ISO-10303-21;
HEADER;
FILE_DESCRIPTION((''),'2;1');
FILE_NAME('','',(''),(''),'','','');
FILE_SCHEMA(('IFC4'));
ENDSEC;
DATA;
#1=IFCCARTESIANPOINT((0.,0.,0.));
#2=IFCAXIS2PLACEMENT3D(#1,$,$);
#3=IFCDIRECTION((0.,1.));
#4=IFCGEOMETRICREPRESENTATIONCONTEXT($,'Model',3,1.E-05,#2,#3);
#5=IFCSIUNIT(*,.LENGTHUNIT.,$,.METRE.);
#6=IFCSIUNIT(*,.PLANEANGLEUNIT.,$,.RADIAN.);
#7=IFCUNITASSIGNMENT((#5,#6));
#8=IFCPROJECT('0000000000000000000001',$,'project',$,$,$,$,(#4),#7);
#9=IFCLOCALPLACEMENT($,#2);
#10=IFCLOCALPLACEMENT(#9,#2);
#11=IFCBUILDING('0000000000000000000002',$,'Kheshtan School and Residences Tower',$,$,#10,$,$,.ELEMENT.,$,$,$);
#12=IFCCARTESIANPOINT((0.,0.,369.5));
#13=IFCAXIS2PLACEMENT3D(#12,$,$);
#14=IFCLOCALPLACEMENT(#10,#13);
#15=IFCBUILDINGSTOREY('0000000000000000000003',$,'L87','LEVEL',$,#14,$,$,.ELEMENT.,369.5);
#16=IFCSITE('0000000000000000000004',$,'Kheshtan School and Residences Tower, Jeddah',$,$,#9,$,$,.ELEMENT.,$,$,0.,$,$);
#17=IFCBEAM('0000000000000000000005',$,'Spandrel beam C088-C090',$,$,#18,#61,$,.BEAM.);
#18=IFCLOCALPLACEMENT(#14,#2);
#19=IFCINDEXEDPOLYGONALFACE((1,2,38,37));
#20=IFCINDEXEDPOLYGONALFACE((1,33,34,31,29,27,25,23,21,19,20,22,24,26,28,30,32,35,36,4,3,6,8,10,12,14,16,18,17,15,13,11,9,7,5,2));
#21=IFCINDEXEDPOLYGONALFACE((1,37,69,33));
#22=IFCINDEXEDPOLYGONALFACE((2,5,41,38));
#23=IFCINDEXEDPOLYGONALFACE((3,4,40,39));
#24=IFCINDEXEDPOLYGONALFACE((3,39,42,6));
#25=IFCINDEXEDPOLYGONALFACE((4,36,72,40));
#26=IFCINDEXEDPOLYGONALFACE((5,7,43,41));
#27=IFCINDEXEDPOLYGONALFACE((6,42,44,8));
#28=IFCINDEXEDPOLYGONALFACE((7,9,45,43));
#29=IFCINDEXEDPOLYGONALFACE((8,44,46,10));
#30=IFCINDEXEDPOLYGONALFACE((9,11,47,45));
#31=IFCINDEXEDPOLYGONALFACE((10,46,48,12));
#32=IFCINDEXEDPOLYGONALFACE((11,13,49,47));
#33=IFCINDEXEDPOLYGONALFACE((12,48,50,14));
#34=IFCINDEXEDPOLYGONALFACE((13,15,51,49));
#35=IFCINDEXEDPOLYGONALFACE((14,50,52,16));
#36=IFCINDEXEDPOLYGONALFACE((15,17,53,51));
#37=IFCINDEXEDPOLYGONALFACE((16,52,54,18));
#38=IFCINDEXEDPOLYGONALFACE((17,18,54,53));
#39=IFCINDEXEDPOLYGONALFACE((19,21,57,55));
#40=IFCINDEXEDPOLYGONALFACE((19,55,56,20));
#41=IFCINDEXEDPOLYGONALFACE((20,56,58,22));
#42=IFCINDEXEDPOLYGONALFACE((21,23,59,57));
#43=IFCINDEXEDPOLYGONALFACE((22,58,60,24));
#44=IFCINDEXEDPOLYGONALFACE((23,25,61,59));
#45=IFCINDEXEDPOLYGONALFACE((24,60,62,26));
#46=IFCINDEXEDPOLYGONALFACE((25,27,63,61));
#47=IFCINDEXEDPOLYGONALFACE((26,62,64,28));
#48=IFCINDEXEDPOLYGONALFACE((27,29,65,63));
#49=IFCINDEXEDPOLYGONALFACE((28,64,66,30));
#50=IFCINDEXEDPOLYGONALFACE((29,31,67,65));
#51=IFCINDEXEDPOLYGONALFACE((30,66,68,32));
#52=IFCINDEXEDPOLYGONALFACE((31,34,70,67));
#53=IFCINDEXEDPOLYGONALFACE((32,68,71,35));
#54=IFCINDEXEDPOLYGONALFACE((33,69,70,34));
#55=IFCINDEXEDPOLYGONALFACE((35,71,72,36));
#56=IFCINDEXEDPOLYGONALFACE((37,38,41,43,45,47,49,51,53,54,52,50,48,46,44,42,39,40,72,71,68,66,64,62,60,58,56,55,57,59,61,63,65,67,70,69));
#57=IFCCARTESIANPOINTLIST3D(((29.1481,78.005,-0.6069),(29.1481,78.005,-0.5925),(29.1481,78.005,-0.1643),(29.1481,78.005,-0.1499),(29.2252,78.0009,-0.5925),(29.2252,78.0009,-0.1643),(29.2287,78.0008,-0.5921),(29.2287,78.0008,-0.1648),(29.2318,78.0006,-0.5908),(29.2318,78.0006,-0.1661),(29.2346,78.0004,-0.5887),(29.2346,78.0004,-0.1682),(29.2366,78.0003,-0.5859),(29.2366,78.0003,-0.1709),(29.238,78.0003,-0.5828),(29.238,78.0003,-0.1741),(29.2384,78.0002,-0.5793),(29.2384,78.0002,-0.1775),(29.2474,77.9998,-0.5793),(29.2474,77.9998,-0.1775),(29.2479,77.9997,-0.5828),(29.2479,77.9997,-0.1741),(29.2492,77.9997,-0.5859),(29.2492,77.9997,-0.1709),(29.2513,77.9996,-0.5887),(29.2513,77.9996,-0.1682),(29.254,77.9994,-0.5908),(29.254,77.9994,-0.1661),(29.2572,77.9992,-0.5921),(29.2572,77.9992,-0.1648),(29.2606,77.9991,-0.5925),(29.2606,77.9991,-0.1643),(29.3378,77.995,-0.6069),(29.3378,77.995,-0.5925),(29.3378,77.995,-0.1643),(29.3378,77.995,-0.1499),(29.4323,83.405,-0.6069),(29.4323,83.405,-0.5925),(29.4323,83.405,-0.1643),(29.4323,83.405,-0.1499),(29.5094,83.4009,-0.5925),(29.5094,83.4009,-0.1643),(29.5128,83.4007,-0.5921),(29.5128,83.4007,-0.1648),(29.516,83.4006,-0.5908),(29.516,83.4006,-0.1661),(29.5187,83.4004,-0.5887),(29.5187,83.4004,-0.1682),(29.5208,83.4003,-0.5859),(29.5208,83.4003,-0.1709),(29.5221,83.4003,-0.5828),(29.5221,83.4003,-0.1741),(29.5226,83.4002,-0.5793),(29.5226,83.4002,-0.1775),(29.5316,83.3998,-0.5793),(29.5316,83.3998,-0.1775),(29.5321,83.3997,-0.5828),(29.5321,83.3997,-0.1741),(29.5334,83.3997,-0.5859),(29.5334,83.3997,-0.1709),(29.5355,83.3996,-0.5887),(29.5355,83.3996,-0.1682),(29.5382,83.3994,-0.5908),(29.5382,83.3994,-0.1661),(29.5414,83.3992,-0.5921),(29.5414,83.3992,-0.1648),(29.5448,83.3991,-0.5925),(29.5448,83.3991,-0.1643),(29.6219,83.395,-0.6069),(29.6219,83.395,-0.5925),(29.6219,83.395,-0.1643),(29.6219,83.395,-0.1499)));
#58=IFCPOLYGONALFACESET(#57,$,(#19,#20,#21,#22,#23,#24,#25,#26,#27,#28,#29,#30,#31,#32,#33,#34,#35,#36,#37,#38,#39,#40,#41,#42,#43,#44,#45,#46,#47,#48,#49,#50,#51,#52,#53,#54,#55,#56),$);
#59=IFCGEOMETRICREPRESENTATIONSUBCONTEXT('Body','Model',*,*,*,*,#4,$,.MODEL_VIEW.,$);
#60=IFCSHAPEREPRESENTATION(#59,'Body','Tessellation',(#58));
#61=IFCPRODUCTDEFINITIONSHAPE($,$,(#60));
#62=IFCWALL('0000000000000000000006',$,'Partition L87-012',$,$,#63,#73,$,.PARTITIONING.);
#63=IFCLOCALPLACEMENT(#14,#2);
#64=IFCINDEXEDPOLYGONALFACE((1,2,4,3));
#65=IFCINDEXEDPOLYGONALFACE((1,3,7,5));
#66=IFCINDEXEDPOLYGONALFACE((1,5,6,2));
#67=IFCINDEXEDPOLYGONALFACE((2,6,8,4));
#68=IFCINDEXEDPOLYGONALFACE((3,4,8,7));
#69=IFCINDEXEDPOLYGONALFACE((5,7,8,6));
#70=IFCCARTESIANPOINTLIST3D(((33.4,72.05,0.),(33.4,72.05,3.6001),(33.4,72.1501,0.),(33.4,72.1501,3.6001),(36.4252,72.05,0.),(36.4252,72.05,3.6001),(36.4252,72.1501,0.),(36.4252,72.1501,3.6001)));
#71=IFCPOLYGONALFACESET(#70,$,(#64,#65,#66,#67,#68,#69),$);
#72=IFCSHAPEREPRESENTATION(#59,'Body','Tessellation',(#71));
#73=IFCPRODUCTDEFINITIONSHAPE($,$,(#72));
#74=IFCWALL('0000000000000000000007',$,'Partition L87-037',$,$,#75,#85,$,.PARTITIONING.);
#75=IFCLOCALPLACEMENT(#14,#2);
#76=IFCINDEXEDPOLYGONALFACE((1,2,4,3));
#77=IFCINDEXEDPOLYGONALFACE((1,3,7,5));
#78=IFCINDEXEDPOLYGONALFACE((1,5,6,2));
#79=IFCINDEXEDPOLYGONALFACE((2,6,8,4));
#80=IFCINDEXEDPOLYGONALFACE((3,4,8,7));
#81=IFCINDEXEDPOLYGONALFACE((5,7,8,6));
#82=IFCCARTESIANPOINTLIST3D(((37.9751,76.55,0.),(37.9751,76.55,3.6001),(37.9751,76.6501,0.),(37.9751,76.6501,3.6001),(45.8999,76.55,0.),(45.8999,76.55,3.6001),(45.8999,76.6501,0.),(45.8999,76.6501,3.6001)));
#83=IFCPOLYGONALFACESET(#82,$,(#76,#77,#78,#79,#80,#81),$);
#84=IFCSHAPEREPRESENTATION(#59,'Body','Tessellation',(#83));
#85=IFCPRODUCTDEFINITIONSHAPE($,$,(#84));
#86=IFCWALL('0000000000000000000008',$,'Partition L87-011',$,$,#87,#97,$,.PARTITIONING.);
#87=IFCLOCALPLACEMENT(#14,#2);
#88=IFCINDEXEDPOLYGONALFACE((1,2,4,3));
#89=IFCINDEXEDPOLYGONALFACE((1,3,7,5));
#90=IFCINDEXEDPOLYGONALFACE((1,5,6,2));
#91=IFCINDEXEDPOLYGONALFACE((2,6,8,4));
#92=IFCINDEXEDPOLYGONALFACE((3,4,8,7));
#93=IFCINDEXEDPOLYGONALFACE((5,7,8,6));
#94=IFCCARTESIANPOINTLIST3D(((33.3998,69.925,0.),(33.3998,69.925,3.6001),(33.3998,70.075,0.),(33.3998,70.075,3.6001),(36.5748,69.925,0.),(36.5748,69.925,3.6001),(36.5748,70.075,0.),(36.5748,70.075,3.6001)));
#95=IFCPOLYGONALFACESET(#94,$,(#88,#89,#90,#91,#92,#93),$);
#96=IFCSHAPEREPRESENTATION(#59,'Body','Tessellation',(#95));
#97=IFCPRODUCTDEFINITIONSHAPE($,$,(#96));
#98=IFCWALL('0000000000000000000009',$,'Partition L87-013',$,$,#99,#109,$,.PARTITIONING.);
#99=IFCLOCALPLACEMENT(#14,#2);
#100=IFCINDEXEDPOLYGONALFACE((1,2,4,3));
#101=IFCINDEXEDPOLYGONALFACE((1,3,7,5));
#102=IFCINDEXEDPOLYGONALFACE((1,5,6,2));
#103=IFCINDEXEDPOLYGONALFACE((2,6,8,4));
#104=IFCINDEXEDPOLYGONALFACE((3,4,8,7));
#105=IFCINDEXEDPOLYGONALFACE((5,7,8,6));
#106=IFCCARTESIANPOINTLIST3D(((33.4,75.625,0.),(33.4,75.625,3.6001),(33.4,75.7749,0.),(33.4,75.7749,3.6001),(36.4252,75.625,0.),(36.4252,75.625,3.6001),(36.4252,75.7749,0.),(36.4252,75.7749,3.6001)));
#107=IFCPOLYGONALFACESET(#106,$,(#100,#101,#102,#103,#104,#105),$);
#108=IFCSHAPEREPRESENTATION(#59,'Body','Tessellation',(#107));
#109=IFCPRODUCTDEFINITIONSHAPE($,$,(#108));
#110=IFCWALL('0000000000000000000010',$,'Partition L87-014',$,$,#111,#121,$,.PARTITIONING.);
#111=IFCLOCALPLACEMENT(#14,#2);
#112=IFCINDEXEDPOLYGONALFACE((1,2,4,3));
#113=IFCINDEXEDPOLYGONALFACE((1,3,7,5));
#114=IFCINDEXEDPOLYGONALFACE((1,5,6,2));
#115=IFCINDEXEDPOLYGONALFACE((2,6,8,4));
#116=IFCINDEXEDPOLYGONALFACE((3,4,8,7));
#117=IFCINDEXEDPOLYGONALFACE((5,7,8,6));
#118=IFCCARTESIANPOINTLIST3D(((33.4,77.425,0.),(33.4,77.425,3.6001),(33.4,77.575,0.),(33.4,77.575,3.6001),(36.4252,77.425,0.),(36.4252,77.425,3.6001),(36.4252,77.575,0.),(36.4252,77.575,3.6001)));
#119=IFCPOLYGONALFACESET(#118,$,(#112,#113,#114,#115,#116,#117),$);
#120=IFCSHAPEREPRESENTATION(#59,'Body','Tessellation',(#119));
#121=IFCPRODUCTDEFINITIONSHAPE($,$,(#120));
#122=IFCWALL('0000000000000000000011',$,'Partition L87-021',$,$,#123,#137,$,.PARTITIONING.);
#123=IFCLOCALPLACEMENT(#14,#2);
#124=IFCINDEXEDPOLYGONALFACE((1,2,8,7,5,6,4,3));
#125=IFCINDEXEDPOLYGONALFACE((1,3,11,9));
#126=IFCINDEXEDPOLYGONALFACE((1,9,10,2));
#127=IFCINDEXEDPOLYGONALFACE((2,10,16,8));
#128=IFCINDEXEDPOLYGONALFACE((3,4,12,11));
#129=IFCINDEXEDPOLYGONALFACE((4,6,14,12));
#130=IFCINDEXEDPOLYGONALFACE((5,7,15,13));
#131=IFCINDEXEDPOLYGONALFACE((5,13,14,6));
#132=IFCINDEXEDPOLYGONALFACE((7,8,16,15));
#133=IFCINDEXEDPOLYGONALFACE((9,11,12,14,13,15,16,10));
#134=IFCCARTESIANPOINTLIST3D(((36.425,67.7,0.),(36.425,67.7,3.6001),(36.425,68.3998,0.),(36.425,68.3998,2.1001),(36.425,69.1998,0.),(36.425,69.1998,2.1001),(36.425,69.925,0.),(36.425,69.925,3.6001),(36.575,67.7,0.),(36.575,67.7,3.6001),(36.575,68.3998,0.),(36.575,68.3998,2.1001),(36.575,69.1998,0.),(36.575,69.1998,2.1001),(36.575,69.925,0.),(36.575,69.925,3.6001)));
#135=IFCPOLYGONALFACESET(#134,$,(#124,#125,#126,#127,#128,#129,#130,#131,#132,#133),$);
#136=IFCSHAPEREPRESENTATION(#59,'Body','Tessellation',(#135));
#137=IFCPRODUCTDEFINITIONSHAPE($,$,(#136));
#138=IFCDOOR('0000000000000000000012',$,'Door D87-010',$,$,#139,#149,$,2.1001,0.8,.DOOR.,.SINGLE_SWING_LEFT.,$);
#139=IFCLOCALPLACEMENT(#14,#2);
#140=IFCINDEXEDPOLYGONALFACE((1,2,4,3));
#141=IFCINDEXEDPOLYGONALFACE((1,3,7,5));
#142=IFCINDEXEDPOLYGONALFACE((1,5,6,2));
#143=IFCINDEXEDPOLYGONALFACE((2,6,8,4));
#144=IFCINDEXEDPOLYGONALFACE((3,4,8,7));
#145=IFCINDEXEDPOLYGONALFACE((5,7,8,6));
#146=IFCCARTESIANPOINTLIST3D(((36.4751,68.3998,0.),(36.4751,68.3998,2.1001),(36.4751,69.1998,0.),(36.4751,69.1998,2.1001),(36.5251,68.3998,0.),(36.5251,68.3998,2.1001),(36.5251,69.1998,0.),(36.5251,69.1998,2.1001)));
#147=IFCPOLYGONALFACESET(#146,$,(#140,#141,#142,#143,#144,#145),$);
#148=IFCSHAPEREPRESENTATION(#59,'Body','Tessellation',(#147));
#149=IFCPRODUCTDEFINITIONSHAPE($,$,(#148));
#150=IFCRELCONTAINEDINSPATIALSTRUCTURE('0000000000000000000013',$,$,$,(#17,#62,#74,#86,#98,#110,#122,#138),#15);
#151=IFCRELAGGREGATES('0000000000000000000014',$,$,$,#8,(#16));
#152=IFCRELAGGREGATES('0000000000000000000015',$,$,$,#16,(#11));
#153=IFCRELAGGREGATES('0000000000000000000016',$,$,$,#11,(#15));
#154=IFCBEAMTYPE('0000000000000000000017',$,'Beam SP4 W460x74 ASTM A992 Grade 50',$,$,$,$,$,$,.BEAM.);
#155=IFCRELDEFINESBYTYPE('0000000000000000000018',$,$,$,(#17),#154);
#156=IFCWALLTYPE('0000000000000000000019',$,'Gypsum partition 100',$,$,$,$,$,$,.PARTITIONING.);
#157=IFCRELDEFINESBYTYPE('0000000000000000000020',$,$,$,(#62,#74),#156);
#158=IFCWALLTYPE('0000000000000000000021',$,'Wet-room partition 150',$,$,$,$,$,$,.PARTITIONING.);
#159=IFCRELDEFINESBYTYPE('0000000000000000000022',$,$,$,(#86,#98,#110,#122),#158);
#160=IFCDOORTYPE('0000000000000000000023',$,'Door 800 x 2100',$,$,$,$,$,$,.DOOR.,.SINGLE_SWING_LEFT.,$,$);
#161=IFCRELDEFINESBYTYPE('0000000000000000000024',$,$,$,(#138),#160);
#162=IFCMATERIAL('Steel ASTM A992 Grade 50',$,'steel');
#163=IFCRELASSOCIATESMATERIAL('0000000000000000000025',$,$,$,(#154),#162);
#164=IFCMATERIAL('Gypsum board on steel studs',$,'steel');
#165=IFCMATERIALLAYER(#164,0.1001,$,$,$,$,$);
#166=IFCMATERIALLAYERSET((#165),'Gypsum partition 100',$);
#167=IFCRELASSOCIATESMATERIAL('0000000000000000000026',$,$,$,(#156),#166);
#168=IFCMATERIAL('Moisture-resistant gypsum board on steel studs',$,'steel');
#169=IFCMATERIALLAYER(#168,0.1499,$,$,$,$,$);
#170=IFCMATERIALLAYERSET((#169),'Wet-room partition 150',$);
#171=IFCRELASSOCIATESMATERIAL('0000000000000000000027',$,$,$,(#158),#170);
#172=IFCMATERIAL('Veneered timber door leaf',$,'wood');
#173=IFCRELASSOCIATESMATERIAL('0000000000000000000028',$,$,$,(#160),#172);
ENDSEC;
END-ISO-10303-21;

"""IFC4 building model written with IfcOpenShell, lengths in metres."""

from ifc_helpers import new_model, si_unit, direction, frame, frame_2d, origin, origin_2d, place, context, subcontext, project, spatial, rectangle, i_section, extrude, source, transform, mapped, material, layer, layer_set, material_profile, profile_set, type_object, element, fill, save


model = new_model("IFC4")

# Units and contexts
model_context = context("Model", 3, precision=1e-05, world=origin(), true_north=direction((0.0, 1.0)))
body_context = subcontext(model_context, "Body", "Model", "MODEL_VIEW")
ifc_project = project(units=[si_unit("LENGTHUNIT", "METRE"), si_unit("PLANEANGLEUNIT", "RADIAN")], contexts=[model_context])

# Site, building, storey
site_placement = place(None, origin())
site = spatial("IfcSite", under=ifc_project, at=site_placement, Name="Kheshtan School and Residences Tower, Jeddah", CompositionType="ELEMENT", RefElevation=0.0)
building_placement = place(site_placement, origin())
building = spatial("IfcBuilding", under=site, at=building_placement, Name="Kheshtan School and Residences Tower", CompositionType="ELEMENT")
storey_placement = place(building_placement, frame((0.0, 0.0, 369.5)))
storey = spatial("IfcBuildingStorey", under=building, at=storey_placement, Name="L87", Description="LEVEL", CompositionType="ELEMENT", Elevation=369.5)

# Shared definitions
ifc_material_1 = material(Name="Steel ASTM A992 Grade 50", Category="steel")

# Beam
ifc_material_profile_1 = material_profile(ifc_material_1, i_section(OverallWidth=0.1899, OverallDepth=0.457, WebThickness=0.009, FlangeThickness=0.0144, FilletRadius=0.0132, at=origin_2d()), Name="W460x74")
ifc_profile_set_1 = profile_set([ifc_material_profile_1], Name="Steel ASTM A992 Grade 50")
beam_type_1 = type_object("IfcBeamType", Name="Beam SP4 W460x74 ASTM A992 Grade 50", PredefinedType="BEAM", material=ifc_profile_set_1)
for number, where, z_axis, x_axis, name in (
    (1, (29.2429, 78.0, -0.3784), (0.052554, 0.998618, 0.0), (-0.998618, 0.052554, 0.0), "Spandrel beam C088-C090"),
):
    element("IfcBeam", number, at=place(storey_placement, frame(where, z_axis=z_axis, x_axis=x_axis)), inside=storey, type_object=beam_type_1, Name=name, PredefinedType="BEAM", context=body_context, shape_type="SweptSolid", body=[
        extrude(i_section(OverallWidth=0.1899, OverallDepth=0.457, WebThickness=0.009, FlangeThickness=0.0144, FilletRadius=0.0132, at=origin_2d()), origin(), (0.0, 0.0, 1.0), 5.4075),
    ])

# Walls
ifc_material_2 = material(Name="Gypsum board on steel studs", Category="steel")
ifc_layer_1 = layer(ifc_material_2, 0.1001)
ifc_layer_set_1 = layer_set([ifc_layer_1], Name="Gypsum partition 100")
wall_type_1 = type_object("IfcWallType", Name="Gypsum partition 100", PredefinedType="PARTITIONING", material=ifc_layer_set_1)
wall_1_placement = place(storey_placement, frame((33.3999, 72.1001, 0.0), z_axis=(0.0, 0.0, 1.0), x_axis=(1.0, 0.0, 0.0)))
element("IfcWall", 2, at=wall_1_placement, inside=storey, type_object=wall_type_1, Name="Partition L87-012", PredefinedType="PARTITIONING", context=body_context, shape_type="SweptSolid", body=[
    extrude(rectangle(XDim=3.0251, YDim=0.1001, at=frame_2d((1.5127, 0.0))), origin(), (0.0, 0.0, 1.0), 3.6001),
])
wall_2_placement = place(storey_placement, frame((37.9751, 76.6001, 0.0), z_axis=(0.0, 0.0, 1.0), x_axis=(1.0, 0.0, 0.0)))
element("IfcWall", 3, at=wall_2_placement, inside=storey, type_object=wall_type_1, Name="Partition L87-037", PredefinedType="PARTITIONING", context=body_context, shape_type="SweptSolid", body=[
    extrude(rectangle(XDim=7.9248, YDim=0.1001, at=frame_2d((3.9624, 0.0))), origin(), (0.0, 0.0, 1.0), 3.6001),
])
ifc_material_3 = material(Name="Moisture-resistant gypsum board on steel studs", Category="steel")
ifc_layer_2 = layer(ifc_material_3, 0.1499)
ifc_layer_set_2 = layer_set([ifc_layer_2], Name="Wet-room partition 150")
wall_type_2 = type_object("IfcWallType", Name="Wet-room partition 150", PredefinedType="PARTITIONING", material=ifc_layer_set_2)
wall_3_placement = place(storey_placement, frame((33.3999, 70.0, 0.0), z_axis=(0.0, 0.0, 1.0), x_axis=(1.0, 0.0, 0.0)))
element("IfcWall", 4, at=wall_3_placement, inside=storey, type_object=wall_type_2, Name="Partition L87-011", PredefinedType="PARTITIONING", context=body_context, shape_type="SweptSolid", body=[
    extrude(rectangle(XDim=3.175, YDim=0.1499, at=frame_2d((1.5874, 0.0))), origin(), (0.0, 0.0, 1.0), 3.6001),
])
for number, where, z_axis, x_axis, name in (
    (5, (33.3999, 75.7, 0.0), (0.0, 0.0, 1.0), (1.0, 0.0, 0.0), "Partition L87-013"),
    (6, (33.3999, 77.5, 0.0), (0.0, 0.0, 1.0), (1.0, 0.0, 0.0), "Partition L87-014"),
):
    element("IfcWall", number, at=place(storey_placement, frame(where, z_axis=z_axis, x_axis=x_axis)), inside=storey, type_object=wall_type_2, Name=name, PredefinedType="PARTITIONING", context=body_context, shape_type="SweptSolid", body=[
        extrude(rectangle(XDim=3.0251, YDim=0.1499, at=frame_2d((1.5127, 0.0))), origin(), (0.0, 0.0, 1.0), 3.6001),
    ])

# Wall, opening, door
wall_4_placement = place(storey_placement, frame((36.5, 67.7, 0.0), z_axis=(0.0, 0.0, 1.0), x_axis=(0.0, 1.0, 0.0)))
wall_4 = element("IfcWall", 7, at=wall_4_placement, inside=storey, type_object=wall_type_2, Name="Partition L87-021", PredefinedType="PARTITIONING", context=body_context, shape_type="SweptSolid", body=[
    extrude(rectangle(XDim=2.2251, YDim=0.1499, at=frame_2d((1.1125, 0.0))), origin(), (0.0, 0.0, 1.0), 3.6001),
])
opening_1_placement = place(wall_4_placement, frame((0.7, 0.0, 0.0)))
opening_1 = element("IfcOpeningElement", 8, at=opening_1_placement, cuts=wall_4, PredefinedType="OPENING", context=body_context, shape_type="SweptSolid", body=[
    extrude(rectangle(XDim=0.8, YDim=2.1001, at=frame_2d((0.3999, 1.05))), frame((0.0, 0.085, 0.0), z_axis=(0.0, -1.0, 0.0), x_axis=(1.0, 0.0, 0.0)), (0.0, 0.0, 1.0), 0.1699),
])
ifc_material_4 = material(Name="Veneered timber door leaf", Category="wood")
door_type_1 = type_object("IfcDoorType", Name="Door 800 x 2100", OperationType="SINGLE_SWING_LEFT", PredefinedType="DOOR", material=ifc_material_4)
shared_shape_1 = source(origin(), body_context, "Body", "SweptSolid", [
    extrude(rectangle(XDim=0.8, YDim=2.1001, at=frame_2d((0.3999, 1.05))), frame((0.0, 0.0249, 0.0), z_axis=(0.0, -1.0, 0.0), x_axis=(1.0, 0.0, 0.0)), (0.0, 0.0, 1.0), 0.05),
])
door_1_placement = place(opening_1_placement, origin())
door_1 = element("IfcDoor", 9, at=door_1_placement, inside=storey, type_object=door_type_1, Name="Door D87-010", OperationType="SINGLE_SWING_LEFT", OverallHeight=2.1001, OverallWidth=0.8, PredefinedType="DOOR", context=body_context, shape_type="MappedRepresentation", body=[
    mapped(shared_shape_1, transform((0.0, 0.0, 0.0), x_axis=(1.0, 0.0, 0.0), y_axis=(0.0, 1.0, 0.0), z_axis=(0.0, 0.0, 1.0), scale=1.0)),
])
fill(opening_1, door_1)

save(model, "model.ifc")
